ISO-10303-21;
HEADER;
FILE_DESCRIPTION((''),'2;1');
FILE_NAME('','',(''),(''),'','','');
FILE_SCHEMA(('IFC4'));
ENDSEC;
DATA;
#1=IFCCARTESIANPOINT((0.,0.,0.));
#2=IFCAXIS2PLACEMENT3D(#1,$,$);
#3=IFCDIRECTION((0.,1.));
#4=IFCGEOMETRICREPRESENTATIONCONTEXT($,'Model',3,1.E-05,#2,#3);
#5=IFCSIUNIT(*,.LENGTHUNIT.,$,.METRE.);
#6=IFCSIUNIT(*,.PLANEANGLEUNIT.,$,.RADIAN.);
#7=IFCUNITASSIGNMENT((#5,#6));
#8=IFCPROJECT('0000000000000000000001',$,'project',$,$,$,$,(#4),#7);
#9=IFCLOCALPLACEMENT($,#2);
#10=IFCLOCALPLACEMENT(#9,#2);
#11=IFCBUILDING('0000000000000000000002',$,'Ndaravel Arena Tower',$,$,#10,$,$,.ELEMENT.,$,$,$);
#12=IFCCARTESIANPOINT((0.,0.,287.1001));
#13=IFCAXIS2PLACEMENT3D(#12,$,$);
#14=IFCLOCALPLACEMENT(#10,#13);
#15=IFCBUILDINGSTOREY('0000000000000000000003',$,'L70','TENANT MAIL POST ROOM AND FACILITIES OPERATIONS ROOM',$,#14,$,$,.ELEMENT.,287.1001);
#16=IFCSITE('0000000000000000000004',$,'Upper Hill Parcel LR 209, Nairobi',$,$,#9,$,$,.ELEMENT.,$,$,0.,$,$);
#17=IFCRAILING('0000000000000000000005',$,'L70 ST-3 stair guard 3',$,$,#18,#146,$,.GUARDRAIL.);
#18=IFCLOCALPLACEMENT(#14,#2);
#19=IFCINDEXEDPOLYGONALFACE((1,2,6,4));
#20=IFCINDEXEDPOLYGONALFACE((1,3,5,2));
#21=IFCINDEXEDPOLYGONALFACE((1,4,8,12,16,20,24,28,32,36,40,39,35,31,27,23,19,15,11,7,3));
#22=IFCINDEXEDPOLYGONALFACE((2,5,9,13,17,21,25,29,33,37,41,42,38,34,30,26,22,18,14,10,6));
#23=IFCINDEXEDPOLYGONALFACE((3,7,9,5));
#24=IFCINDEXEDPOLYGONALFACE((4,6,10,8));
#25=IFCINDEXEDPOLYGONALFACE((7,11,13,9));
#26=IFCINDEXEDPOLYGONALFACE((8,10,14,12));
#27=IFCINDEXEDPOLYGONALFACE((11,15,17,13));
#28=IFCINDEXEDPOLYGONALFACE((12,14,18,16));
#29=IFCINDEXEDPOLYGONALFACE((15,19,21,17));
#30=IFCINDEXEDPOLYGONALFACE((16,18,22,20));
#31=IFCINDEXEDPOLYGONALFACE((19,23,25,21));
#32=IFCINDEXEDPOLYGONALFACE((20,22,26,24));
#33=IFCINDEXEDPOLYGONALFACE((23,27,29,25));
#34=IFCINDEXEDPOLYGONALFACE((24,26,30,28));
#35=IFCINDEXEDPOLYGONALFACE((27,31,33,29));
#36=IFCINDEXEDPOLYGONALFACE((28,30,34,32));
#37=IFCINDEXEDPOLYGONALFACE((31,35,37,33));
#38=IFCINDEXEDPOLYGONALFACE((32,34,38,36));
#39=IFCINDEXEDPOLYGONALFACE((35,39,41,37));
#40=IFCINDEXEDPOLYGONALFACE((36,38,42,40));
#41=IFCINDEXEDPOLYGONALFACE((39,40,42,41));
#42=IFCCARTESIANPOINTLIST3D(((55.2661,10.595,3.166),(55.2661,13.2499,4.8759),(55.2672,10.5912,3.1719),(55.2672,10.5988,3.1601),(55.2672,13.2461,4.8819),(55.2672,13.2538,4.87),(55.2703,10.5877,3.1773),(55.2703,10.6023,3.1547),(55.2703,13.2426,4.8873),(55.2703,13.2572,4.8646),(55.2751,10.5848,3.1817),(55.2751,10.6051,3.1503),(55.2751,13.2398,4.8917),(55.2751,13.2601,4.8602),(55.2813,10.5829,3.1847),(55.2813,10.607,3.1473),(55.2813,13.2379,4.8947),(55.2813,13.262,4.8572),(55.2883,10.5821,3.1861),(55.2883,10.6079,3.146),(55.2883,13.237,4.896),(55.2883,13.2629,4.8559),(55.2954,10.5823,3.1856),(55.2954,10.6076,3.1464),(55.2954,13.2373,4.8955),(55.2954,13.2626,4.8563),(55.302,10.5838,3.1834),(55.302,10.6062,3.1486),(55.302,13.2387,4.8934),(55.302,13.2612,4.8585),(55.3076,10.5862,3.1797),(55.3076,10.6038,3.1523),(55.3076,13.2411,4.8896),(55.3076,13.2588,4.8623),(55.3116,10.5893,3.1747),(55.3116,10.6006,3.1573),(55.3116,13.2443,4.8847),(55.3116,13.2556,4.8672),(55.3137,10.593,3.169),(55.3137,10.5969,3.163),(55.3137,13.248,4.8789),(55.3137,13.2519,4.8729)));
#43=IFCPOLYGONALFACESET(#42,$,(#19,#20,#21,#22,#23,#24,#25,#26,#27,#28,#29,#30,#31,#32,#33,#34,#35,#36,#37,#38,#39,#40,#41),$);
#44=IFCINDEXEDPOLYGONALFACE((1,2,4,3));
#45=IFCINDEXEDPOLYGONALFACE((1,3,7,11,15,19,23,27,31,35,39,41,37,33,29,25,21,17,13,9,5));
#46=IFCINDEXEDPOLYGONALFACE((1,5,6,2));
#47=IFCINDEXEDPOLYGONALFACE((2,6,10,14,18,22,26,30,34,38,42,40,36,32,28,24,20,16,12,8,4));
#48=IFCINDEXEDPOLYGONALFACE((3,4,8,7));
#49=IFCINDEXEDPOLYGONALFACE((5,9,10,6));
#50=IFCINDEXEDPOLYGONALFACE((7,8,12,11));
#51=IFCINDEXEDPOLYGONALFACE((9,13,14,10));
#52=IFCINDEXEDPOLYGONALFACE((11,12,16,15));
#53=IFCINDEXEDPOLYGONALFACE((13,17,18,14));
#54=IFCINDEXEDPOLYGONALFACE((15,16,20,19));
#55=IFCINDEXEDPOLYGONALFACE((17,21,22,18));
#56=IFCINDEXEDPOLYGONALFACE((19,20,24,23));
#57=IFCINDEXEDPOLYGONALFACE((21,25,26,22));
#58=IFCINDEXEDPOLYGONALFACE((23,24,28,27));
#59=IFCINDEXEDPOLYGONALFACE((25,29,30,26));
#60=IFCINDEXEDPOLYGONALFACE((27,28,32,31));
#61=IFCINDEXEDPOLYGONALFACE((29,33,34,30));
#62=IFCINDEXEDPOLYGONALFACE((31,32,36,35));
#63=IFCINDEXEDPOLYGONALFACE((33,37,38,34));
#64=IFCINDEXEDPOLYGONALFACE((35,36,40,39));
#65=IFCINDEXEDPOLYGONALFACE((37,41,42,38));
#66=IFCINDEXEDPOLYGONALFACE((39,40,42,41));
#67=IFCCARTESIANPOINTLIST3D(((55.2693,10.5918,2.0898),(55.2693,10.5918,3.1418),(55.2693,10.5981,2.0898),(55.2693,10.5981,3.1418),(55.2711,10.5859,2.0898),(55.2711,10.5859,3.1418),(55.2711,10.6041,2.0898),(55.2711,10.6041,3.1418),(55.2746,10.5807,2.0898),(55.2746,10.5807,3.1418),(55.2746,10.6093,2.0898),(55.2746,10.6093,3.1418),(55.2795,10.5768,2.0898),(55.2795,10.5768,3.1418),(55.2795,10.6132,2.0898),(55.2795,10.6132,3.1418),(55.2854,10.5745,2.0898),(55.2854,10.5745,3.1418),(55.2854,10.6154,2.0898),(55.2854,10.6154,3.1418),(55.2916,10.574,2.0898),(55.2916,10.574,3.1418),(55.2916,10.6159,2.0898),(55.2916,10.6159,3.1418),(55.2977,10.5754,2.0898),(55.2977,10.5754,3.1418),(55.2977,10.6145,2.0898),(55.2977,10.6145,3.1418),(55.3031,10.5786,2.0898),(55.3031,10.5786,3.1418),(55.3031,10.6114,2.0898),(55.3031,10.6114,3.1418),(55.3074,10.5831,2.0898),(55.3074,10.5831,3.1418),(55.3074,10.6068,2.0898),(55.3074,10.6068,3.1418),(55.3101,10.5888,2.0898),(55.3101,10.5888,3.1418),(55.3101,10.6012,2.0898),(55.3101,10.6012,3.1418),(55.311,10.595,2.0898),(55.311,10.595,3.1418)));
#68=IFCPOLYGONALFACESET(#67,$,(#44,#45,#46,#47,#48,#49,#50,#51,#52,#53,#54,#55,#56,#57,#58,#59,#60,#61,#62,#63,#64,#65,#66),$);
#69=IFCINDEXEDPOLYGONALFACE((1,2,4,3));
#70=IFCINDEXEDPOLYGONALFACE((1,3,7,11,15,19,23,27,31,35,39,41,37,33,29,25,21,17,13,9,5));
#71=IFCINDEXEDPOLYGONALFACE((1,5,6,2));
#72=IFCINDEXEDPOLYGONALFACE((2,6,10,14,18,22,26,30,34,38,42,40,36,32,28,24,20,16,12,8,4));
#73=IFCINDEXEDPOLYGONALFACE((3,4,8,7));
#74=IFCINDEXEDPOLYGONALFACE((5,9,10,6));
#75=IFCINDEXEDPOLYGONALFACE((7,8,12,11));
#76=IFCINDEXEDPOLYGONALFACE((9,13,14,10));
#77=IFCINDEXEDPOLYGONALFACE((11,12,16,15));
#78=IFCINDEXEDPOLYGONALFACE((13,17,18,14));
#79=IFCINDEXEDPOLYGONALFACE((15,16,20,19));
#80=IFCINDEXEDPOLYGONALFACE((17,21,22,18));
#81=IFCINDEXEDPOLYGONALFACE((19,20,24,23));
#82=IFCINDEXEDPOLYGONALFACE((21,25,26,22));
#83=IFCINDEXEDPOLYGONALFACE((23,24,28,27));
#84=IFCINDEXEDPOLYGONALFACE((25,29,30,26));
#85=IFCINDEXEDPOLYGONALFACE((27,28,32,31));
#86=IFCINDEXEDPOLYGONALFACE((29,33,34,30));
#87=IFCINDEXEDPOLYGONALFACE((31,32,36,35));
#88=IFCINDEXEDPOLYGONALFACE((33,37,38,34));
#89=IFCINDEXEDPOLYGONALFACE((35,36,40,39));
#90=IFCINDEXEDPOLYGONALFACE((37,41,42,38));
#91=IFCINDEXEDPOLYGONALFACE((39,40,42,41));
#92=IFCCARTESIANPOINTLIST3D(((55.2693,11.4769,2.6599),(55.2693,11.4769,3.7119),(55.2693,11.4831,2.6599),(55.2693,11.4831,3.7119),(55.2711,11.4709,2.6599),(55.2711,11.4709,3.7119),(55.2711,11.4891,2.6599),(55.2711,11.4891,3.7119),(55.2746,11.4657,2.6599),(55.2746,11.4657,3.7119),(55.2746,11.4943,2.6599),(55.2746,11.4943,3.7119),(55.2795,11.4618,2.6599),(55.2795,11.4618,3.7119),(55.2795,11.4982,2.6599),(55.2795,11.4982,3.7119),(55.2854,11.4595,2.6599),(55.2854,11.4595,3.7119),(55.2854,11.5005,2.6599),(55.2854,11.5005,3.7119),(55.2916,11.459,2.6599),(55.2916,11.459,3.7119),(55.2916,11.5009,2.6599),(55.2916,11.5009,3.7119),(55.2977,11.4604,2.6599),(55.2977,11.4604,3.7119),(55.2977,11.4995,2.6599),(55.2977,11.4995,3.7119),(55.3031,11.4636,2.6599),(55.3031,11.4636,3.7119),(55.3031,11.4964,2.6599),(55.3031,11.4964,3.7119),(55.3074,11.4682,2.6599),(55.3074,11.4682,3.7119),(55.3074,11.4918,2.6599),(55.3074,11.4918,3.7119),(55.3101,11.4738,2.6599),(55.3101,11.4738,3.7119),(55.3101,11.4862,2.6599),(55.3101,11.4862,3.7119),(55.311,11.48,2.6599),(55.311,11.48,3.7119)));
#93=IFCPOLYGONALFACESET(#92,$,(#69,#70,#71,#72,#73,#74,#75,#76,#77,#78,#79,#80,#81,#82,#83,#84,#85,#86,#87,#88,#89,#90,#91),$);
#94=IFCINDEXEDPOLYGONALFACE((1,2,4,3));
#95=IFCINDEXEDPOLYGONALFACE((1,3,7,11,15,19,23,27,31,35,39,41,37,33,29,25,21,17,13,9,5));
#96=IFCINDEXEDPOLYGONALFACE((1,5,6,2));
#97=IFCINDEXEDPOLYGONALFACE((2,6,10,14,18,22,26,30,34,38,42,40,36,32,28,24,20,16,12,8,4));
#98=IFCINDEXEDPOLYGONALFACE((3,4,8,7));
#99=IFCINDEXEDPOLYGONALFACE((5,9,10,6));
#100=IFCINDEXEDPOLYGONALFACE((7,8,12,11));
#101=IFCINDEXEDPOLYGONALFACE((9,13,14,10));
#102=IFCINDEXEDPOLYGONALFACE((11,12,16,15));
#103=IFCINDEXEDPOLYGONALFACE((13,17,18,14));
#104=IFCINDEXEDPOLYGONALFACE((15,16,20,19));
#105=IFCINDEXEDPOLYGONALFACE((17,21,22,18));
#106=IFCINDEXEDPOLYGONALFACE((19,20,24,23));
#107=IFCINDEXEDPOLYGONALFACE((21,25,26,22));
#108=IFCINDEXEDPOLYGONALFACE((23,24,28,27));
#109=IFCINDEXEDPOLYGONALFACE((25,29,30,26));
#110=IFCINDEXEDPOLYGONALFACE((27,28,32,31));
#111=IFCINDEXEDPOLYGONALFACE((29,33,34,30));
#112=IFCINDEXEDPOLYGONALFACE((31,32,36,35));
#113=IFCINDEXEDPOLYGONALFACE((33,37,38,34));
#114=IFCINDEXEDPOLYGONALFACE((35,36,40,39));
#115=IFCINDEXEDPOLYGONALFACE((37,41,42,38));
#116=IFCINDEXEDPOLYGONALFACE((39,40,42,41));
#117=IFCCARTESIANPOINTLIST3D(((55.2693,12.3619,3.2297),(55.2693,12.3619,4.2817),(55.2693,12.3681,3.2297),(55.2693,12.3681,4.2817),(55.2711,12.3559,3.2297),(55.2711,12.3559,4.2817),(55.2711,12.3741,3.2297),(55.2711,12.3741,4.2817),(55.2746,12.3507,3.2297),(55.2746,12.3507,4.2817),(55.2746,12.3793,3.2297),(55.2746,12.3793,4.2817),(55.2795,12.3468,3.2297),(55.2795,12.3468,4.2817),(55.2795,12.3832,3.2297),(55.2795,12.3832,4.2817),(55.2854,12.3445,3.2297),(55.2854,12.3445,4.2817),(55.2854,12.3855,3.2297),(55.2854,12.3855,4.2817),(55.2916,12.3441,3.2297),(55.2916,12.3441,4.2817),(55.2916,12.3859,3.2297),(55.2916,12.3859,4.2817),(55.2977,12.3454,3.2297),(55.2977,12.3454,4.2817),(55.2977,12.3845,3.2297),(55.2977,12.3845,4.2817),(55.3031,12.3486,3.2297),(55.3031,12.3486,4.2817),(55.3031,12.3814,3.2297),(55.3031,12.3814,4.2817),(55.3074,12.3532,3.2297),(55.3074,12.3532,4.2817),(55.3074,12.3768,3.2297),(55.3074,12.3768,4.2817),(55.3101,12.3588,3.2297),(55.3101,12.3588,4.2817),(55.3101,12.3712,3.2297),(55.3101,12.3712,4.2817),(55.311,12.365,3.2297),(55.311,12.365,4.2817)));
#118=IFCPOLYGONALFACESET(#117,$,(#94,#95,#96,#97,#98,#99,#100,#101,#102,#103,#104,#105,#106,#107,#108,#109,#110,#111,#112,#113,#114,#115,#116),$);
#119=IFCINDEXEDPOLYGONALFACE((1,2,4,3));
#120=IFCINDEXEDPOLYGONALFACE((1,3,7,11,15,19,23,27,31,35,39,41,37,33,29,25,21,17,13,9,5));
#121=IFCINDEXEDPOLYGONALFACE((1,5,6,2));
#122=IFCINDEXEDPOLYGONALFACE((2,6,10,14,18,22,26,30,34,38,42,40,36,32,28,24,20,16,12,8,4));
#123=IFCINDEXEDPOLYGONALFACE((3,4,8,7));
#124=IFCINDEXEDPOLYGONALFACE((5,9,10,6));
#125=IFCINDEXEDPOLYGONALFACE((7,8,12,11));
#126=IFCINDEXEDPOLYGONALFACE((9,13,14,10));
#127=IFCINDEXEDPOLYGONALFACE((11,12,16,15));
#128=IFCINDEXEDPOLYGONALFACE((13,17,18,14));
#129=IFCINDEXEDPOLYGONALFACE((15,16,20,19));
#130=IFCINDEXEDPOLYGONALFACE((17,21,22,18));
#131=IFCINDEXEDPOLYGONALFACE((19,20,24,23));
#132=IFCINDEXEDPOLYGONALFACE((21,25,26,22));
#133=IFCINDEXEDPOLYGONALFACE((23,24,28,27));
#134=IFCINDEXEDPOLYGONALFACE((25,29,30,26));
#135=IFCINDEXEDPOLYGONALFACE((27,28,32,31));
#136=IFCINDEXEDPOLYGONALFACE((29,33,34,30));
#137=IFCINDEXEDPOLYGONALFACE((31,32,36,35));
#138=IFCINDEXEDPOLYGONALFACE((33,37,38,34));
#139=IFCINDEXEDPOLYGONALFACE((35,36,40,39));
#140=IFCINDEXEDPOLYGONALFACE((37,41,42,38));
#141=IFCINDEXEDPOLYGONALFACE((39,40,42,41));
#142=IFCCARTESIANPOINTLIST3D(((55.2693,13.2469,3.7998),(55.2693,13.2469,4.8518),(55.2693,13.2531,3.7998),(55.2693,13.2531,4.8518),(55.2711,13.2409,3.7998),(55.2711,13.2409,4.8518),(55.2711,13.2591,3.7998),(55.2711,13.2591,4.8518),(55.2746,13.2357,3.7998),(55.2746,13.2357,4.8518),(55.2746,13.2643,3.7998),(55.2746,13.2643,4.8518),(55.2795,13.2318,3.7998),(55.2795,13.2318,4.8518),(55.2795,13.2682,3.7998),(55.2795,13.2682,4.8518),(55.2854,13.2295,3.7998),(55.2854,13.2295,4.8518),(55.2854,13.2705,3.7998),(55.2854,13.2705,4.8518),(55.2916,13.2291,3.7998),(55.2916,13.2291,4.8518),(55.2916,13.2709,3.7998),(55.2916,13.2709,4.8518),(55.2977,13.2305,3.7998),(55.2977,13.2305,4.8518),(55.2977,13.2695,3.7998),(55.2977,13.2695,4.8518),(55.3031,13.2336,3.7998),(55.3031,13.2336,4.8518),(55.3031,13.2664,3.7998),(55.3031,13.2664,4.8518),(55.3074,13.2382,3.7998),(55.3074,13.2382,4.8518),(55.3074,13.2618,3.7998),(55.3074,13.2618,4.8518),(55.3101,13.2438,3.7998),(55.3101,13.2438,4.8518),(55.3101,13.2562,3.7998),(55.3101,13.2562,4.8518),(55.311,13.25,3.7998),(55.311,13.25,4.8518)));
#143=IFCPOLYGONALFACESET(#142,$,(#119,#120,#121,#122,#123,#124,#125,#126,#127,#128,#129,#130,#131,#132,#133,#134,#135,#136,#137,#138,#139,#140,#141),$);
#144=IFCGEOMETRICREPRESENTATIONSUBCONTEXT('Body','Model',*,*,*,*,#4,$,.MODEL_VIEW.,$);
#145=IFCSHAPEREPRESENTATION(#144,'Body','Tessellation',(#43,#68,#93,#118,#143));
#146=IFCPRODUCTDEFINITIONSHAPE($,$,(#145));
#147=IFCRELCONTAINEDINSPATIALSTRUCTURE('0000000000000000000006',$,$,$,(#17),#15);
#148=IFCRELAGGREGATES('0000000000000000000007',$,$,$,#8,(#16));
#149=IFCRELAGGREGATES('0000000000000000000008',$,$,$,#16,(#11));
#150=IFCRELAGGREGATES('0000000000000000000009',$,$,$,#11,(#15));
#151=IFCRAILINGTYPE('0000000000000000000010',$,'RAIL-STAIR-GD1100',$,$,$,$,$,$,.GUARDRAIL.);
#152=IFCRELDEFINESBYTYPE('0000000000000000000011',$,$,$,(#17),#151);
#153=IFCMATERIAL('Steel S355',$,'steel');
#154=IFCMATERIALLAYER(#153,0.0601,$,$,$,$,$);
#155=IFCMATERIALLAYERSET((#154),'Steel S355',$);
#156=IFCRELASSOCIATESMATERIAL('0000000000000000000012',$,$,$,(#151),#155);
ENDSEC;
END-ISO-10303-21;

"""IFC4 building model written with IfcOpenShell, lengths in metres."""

from ifc_helpers import new_model, si_unit, direction, frame, origin, origin_2d, place, context, subcontext, project, spatial, circle, extrude, material, layer, layer_set, type_object, element, save


model = new_model("IFC4")

# Units and contexts
model_context = context("Model", 3, precision=1e-05, world=origin(), true_north=direction((0.0, 1.0)))
body_context = subcontext(model_context, "Body", "Model", "MODEL_VIEW")
ifc_project = project(units=[si_unit("LENGTHUNIT", "METRE"), si_unit("PLANEANGLEUNIT", "RADIAN")], contexts=[model_context])

# Site, building, storey
site_placement = place(None, origin())
site = spatial("IfcSite", under=ifc_project, at=site_placement, Name="Upper Hill Parcel LR 209, Nairobi", CompositionType="ELEMENT", RefElevation=0.0)
building_placement = place(site_placement, origin())
building = spatial("IfcBuilding", under=site, at=building_placement, Name="Ndaravel Arena Tower", CompositionType="ELEMENT")
storey_placement = place(building_placement, frame((0.0, 0.0, 287.1001)))
storey = spatial("IfcBuildingStorey", under=building, at=storey_placement, Name="L70", Description="TENANT MAIL POST ROOM AND FACILITIES OPERATIONS ROOM", CompositionType="ELEMENT", Elevation=287.1001)

# Railing
ifc_material_1 = material(Name="Steel S355", Category="steel")
ifc_layer_1 = layer(ifc_material_1, 0.0601)
ifc_layer_set_1 = layer_set([ifc_layer_1], Name="Steel S355")
railing_type = type_object("IfcRailingType", Name="RAIL-STAIR-GD1100", PredefinedType="GUARDRAIL", material=ifc_layer_set_1)
railing_placement = place(storey_placement, frame((55.29, 10.595, 2.0898)))
element("IfcRailing", 1, at=railing_placement, inside=storey, type_object=railing_type, Name="L70 ST-3 stair guard 3", PredefinedType="GUARDRAIL", context=body_context, shape_type="SweptSolid", body=[
    extrude(circle(Radius=0.0239, at=origin_2d()), frame((0.0, 0.0, 1.0762), z_axis=(0.0, 0.840724, 0.541465), x_axis=(-1.0, 0.0, 0.0)), (0.0, 0.0, 1.0), 3.158),
    extrude(circle(Radius=0.021, at=origin_2d()), origin(), (0.0, 0.0, 1.0), 1.052),
    extrude(circle(Radius=0.021, at=origin_2d()), frame((0.0, 0.885, 0.5701)), (0.0, 0.0, 1.0), 1.052),
    extrude(circle(Radius=0.021, at=origin_2d()), frame((0.0, 1.77, 1.1399)), (0.0, 0.0, 1.0), 1.052),
    extrude(circle(Radius=0.021, at=origin_2d()), frame((0.0, 2.655, 1.71)), (0.0, 0.0, 1.0), 1.052),
])

save(model, "model.ifc")
